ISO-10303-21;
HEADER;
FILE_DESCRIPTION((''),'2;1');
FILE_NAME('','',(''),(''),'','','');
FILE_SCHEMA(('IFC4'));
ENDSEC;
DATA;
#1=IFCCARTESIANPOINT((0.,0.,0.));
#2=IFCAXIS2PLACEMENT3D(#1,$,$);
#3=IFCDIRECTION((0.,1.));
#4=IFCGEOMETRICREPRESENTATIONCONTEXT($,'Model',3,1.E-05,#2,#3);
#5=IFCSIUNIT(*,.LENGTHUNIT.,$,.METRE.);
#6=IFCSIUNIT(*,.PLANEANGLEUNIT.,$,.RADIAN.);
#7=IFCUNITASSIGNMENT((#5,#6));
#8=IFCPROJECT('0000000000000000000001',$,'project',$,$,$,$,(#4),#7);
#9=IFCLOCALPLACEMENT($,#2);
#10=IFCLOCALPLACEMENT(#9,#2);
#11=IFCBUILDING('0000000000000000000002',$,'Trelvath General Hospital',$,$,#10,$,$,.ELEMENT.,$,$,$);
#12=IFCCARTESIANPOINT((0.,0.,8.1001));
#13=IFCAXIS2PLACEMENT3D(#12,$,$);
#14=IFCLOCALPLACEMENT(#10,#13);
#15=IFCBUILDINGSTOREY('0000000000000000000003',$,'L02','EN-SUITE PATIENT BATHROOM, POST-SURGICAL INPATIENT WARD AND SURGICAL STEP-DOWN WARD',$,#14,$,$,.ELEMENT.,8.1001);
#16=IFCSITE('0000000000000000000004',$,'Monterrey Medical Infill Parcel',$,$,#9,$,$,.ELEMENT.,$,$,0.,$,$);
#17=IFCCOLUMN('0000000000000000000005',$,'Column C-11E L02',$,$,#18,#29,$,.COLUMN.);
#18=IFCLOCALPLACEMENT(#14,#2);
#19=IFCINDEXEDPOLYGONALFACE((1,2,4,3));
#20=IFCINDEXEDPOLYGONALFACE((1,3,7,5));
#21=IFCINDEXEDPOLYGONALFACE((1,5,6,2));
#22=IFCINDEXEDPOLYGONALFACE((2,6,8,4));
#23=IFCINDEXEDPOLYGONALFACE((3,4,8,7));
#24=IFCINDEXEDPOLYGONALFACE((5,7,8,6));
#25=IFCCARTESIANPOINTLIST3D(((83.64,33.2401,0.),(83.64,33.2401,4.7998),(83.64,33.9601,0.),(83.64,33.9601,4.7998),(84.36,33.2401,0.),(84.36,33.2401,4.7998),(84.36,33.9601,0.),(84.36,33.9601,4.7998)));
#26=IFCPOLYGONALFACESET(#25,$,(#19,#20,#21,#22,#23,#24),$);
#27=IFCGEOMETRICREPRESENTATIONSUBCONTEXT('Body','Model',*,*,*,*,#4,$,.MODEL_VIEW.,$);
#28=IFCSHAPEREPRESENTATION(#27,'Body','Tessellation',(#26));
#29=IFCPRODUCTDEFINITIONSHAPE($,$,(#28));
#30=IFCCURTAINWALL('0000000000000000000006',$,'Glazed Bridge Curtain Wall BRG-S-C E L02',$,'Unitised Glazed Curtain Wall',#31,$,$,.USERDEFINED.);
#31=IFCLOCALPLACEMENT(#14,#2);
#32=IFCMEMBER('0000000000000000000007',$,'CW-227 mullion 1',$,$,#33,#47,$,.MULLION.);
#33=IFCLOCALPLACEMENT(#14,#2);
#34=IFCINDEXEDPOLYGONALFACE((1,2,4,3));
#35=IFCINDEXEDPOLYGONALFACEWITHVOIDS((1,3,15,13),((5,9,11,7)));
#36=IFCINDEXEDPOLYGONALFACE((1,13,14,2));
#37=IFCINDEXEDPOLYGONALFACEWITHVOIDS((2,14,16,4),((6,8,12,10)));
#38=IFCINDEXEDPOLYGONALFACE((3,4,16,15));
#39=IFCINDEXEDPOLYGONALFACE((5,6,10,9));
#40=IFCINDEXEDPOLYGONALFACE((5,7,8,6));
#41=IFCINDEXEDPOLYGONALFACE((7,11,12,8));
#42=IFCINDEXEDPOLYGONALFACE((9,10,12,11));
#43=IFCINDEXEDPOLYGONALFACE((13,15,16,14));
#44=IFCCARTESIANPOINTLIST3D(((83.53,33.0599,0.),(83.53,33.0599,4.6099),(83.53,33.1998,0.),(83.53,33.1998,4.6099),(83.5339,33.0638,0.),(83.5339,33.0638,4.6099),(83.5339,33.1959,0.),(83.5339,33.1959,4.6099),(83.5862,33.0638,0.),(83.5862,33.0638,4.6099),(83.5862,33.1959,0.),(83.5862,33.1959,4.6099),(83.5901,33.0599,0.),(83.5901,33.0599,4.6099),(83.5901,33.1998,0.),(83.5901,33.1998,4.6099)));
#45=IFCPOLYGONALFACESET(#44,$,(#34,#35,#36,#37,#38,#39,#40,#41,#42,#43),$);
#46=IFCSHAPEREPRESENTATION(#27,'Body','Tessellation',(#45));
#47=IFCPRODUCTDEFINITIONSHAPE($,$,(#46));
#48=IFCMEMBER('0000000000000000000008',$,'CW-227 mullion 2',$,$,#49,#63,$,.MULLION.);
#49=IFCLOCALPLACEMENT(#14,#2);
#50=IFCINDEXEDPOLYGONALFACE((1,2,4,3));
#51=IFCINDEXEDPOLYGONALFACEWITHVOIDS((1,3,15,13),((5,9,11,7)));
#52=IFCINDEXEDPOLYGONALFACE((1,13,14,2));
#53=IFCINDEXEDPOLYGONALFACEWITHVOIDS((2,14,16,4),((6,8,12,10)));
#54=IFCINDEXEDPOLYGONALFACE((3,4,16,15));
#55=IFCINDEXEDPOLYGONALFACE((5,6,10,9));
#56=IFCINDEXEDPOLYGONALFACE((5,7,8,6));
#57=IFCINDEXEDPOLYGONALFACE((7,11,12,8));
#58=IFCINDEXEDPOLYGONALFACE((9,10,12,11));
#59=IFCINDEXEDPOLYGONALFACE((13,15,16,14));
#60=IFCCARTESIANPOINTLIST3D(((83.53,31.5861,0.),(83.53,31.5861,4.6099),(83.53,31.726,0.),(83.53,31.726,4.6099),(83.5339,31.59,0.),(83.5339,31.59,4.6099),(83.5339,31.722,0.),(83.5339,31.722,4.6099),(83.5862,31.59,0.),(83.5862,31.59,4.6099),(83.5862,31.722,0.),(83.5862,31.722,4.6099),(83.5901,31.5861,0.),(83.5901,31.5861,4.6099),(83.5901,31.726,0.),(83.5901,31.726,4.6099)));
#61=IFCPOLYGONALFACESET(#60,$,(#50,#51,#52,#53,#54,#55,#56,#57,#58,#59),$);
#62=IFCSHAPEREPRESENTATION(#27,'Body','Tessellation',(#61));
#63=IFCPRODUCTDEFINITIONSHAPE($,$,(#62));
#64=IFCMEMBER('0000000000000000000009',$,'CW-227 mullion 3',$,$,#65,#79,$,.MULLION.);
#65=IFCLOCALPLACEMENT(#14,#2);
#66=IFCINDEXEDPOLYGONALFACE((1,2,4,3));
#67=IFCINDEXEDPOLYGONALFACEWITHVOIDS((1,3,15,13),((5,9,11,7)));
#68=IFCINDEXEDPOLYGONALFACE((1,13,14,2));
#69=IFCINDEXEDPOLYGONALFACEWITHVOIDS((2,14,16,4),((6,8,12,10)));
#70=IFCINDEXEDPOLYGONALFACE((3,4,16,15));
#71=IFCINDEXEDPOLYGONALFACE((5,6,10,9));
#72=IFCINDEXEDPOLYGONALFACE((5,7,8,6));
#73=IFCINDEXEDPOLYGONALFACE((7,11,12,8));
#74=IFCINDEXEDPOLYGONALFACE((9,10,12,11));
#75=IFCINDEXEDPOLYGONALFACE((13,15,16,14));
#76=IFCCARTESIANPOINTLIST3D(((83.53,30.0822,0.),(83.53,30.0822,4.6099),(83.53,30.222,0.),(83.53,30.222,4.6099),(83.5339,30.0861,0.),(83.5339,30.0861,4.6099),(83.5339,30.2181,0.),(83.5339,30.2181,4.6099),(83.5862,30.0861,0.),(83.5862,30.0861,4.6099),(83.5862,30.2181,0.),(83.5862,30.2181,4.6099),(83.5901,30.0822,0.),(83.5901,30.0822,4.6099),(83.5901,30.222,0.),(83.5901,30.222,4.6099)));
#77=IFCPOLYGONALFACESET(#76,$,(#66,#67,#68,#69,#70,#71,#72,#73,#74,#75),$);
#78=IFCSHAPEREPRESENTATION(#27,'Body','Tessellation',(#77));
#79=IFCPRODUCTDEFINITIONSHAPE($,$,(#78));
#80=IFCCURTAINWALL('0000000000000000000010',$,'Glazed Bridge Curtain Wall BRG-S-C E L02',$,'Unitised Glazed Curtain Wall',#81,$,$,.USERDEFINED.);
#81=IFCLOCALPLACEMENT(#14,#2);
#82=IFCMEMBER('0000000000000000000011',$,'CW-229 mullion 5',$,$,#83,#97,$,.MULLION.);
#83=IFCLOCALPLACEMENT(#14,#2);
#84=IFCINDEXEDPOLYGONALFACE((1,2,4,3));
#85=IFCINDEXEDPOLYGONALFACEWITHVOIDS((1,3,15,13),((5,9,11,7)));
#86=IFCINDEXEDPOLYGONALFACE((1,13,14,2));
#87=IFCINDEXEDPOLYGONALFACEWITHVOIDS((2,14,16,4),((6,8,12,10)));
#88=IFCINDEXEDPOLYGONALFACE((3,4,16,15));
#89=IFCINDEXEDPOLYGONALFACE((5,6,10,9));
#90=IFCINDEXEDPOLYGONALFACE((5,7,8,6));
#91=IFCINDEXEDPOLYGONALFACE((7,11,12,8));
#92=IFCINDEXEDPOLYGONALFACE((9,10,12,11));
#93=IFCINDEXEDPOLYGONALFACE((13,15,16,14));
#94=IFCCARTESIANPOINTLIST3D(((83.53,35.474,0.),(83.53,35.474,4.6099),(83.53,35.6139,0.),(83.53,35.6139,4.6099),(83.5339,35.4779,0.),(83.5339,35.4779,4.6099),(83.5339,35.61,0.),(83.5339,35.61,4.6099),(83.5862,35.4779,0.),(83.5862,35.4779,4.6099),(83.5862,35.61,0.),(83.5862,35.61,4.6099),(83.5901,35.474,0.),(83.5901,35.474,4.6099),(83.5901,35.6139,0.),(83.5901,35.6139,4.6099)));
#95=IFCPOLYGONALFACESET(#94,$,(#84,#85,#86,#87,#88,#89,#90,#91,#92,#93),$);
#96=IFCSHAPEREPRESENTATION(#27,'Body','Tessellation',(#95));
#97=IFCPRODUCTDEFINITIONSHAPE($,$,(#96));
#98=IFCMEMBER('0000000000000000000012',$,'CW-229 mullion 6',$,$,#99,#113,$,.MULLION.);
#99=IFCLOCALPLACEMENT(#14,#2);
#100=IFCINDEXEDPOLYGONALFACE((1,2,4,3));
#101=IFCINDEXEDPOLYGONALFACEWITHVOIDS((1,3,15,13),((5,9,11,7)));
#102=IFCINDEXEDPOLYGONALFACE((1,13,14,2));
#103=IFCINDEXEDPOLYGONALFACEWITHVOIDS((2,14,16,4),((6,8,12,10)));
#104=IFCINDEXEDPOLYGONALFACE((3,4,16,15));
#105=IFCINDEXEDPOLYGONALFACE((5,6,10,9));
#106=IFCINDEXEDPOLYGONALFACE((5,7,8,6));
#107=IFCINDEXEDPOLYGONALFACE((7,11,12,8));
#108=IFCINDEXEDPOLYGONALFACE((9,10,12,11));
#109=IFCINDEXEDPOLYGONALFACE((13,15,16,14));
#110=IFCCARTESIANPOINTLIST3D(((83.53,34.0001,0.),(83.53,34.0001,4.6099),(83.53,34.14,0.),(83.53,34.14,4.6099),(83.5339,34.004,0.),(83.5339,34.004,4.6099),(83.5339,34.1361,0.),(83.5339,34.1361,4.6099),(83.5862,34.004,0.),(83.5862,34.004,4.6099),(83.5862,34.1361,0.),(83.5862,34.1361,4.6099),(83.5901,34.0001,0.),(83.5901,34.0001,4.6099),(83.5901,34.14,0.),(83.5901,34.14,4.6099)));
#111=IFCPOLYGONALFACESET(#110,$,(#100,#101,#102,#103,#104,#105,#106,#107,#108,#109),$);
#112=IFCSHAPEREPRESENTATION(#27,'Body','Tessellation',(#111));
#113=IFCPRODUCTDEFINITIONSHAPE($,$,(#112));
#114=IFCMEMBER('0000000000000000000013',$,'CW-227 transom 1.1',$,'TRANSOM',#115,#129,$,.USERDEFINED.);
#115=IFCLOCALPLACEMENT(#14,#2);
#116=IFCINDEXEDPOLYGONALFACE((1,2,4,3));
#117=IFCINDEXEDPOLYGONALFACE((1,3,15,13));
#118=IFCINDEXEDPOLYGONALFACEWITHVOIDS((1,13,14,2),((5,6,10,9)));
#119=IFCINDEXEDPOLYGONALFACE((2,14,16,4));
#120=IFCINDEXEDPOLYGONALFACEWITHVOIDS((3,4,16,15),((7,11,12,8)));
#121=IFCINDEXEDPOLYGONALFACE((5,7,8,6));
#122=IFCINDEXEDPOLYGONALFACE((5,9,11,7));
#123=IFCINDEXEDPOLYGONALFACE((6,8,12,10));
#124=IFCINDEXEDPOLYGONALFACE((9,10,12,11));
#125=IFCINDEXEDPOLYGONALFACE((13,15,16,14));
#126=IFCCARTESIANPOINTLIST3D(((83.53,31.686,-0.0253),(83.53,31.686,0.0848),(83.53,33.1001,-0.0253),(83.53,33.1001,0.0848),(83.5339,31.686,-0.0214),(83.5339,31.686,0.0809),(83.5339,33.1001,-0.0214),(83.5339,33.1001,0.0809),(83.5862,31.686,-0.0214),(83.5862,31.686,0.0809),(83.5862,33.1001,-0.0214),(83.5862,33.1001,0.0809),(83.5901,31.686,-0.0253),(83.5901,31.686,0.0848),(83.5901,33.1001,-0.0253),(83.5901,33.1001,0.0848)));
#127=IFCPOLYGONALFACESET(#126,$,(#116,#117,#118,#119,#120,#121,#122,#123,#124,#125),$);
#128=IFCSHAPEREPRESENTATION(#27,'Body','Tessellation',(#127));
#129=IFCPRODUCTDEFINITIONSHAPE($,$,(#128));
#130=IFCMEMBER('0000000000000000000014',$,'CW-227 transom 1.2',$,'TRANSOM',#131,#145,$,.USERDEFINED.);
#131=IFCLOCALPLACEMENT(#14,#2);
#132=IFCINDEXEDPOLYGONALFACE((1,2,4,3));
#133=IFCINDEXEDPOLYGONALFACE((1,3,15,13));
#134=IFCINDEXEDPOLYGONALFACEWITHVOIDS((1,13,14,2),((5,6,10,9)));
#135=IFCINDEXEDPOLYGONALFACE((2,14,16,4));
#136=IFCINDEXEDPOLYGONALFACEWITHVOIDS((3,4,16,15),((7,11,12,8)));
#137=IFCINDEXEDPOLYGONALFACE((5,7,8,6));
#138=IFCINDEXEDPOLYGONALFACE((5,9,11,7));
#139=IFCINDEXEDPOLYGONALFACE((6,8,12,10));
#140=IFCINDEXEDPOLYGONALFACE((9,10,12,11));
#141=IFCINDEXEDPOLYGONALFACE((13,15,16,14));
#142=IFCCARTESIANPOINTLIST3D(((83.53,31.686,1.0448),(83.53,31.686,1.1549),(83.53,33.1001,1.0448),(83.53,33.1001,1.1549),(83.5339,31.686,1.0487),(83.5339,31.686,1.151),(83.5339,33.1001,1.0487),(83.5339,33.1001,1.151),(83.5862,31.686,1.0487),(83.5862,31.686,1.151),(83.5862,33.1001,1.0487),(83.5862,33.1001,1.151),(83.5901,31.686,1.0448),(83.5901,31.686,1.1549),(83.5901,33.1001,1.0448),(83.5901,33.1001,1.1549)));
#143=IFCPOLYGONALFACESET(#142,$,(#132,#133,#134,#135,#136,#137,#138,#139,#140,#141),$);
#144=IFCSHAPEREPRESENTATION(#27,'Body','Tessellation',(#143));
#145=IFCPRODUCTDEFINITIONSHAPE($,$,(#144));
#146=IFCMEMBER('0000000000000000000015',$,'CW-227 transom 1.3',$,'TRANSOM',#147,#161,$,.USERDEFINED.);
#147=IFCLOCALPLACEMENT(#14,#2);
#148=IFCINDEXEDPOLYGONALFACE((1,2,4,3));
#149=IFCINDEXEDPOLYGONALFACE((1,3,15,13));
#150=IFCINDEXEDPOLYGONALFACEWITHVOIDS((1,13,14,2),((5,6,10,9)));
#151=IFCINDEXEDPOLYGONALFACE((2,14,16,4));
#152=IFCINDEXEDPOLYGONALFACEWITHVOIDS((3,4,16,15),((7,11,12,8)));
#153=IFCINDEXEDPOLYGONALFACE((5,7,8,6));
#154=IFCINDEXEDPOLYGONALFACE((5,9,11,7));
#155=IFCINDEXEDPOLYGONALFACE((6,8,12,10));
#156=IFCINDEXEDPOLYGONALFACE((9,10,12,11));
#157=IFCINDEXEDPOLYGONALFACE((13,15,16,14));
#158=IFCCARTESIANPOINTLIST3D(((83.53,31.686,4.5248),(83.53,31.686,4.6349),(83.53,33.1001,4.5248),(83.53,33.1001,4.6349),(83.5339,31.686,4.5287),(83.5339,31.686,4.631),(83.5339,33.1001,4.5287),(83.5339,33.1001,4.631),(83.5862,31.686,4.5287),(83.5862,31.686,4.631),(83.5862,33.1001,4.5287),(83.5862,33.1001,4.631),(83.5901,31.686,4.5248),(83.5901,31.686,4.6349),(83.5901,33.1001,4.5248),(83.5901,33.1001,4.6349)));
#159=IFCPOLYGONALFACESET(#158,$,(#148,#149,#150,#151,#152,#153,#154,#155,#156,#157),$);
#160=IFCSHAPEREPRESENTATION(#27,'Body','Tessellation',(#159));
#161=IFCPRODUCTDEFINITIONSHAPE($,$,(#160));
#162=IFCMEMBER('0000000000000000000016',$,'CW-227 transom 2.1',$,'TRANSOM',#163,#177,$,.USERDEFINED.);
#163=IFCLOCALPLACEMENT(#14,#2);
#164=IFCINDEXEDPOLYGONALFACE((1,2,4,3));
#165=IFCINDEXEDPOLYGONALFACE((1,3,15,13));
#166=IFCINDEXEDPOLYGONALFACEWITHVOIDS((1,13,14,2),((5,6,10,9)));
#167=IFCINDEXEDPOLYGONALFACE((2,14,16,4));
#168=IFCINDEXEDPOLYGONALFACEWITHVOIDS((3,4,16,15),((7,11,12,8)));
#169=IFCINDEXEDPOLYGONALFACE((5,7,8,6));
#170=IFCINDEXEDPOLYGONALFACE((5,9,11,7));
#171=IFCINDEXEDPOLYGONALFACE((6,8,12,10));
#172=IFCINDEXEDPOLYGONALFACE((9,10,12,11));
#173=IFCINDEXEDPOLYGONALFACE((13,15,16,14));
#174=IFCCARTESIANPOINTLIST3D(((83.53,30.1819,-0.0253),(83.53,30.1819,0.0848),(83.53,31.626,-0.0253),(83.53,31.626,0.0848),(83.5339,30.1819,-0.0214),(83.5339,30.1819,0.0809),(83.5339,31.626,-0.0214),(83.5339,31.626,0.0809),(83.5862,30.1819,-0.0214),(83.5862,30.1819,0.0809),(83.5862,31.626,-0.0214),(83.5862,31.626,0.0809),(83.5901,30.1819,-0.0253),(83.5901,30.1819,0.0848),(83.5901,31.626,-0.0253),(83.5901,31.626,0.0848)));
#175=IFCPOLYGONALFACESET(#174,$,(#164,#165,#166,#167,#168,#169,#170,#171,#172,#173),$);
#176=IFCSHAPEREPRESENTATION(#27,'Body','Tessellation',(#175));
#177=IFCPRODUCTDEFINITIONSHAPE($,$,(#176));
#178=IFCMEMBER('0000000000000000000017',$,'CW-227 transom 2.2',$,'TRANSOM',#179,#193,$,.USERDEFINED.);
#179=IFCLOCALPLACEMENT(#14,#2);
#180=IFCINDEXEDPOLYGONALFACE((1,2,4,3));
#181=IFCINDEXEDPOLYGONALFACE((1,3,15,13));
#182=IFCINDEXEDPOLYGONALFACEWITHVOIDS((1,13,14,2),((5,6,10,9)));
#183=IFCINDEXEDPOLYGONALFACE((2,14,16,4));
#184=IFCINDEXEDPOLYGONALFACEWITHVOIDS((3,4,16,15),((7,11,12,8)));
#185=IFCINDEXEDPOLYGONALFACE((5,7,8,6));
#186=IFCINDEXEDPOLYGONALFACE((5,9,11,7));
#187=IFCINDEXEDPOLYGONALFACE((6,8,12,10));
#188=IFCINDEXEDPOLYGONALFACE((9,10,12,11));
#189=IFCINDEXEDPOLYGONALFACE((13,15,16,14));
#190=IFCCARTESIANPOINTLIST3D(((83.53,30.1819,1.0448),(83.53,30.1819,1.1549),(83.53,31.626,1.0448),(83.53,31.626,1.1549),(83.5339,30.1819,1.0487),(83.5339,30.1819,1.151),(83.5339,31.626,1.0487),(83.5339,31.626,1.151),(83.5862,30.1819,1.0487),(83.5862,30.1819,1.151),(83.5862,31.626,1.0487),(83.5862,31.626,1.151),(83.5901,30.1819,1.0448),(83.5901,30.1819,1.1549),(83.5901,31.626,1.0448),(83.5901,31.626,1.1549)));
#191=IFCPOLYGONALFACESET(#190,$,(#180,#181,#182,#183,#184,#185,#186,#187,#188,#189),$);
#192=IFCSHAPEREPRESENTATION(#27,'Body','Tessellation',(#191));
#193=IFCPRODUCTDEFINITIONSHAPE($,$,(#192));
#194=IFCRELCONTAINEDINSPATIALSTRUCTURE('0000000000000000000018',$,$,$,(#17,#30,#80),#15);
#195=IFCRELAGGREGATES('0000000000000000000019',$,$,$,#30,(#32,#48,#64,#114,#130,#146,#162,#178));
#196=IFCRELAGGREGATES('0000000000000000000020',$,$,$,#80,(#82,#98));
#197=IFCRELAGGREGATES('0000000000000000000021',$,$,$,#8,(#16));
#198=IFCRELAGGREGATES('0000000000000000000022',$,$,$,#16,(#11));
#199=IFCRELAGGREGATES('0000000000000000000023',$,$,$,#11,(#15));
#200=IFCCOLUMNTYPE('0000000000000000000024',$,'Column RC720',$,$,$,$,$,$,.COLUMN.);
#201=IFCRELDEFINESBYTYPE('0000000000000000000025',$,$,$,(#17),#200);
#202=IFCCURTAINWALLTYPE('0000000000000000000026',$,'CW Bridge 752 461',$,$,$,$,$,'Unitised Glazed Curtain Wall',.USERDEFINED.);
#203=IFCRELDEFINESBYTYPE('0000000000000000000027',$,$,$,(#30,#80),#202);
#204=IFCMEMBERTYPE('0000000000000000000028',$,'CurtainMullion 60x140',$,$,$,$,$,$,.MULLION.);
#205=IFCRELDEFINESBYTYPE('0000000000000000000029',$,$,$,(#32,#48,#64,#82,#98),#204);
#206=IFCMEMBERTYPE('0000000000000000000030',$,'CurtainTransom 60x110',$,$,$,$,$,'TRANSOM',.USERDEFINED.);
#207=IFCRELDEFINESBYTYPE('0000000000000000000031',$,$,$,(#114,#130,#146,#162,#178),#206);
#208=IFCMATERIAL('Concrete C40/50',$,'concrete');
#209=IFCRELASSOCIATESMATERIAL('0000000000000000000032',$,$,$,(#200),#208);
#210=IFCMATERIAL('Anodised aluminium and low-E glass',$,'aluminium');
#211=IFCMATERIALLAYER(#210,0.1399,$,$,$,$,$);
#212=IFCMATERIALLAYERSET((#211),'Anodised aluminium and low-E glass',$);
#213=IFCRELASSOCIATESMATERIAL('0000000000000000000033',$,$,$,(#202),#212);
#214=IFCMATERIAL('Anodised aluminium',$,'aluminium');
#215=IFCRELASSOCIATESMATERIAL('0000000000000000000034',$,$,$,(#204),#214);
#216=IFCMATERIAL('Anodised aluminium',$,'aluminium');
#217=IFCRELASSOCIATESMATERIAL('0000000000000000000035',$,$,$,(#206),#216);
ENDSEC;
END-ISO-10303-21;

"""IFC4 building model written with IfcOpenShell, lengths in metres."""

from ifc_helpers import new_model, si_unit, direction, frame, origin, origin_2d, place, context, subcontext, project, spatial, rectangle, hollow_rectangle, extrude, material, layer, layer_set, material_profile, profile_set, type_object, element, aggregate, save


model = new_model("IFC4")

# Units and contexts
model_context = context("Model", 3, precision=1e-05, world=origin(), true_north=direction((0.0, 1.0)))
body_context = subcontext(model_context, "Body", "Model", "MODEL_VIEW")
ifc_project = project(units=[si_unit("LENGTHUNIT", "METRE"), si_unit("PLANEANGLEUNIT", "RADIAN")], contexts=[model_context])

# Site, building, storey
site_placement = place(None, origin())
site = spatial("IfcSite", under=ifc_project, at=site_placement, Name="Monterrey Medical Infill Parcel", CompositionType="ELEMENT", RefElevation=0.0)
building_placement = place(site_placement, origin())
building = spatial("IfcBuilding", under=site, at=building_placement, Name="Trelvath General Hospital", CompositionType="ELEMENT")
storey_placement = place(building_placement, frame((0.0, 0.0, 8.1001)))
storey = spatial("IfcBuildingStorey", under=building, at=storey_placement, Name="L02", Description="EN-SUITE PATIENT BATHROOM, POST-SURGICAL INPATIENT WARD AND SURGICAL STEP-DOWN WARD", CompositionType="ELEMENT", Elevation=8.1001)

# Column
ifc_material_1 = material(Name="Concrete C40/50", Category="concrete")
ifc_material_profile_1 = material_profile(ifc_material_1, rectangle(XDim=0.72, YDim=0.72, at=origin_2d()), Name="RC720x720")
ifc_profile_set_1 = profile_set([ifc_material_profile_1], Name="Concrete C40/50")
column_type = type_object("IfcColumnType", Name="Column RC720", PredefinedType="COLUMN", material=ifc_profile_set_1)
column_placement = place(storey_placement, frame((84.0, 33.6001, 0.0), z_axis=(0.0, 0.0, 1.0), x_axis=(1.0, 0.0, 0.0)))
element("IfcColumn", 1, at=column_placement, inside=storey, type_object=column_type, Name="Column C-11E L02", PredefinedType="COLUMN", context=body_context, shape_type="SweptSolid", body=[
    extrude(rectangle(XDim=0.72, YDim=0.72, at=origin_2d()), origin(), (0.0, 0.0, 1.0), 4.7998),
])

# Curtain walls, members
ifc_material_2 = material(Name="Anodised aluminium and low-E glass", Category="aluminium")
ifc_layer_1 = layer(ifc_material_2, 0.1399)
ifc_layer_set_1 = layer_set([ifc_layer_1], Name="Anodised aluminium and low-E glass")
curtain_wall_type = type_object("IfcCurtainWallType", Name="CW Bridge 752 461", ElementType="Unitised Glazed Curtain Wall", PredefinedType="USERDEFINED", material=ifc_layer_set_1)
curtain_wall_1_placement = place(storey_placement, origin())
curtain_wall_1 = element("IfcCurtainWall", 2, at=curtain_wall_1_placement, inside=storey, type_object=curtain_wall_type, Name="Glazed Bridge Curtain Wall BRG-S-C E L02", ObjectType="Unitised Glazed Curtain Wall", PredefinedType="USERDEFINED")
ifc_material_3 = material(Name="Anodised aluminium", Category="aluminium")
ifc_material_profile_2 = material_profile(ifc_material_3, hollow_rectangle(XDim=0.0601, YDim=0.1399, WallThickness=0.0039, at=origin_2d()), Name="RHS60x140x4")
ifc_profile_set_2 = profile_set([ifc_material_profile_2], Name="Anodised aluminium")
member_type_1 = type_object("IfcMemberType", Name="CurtainMullion 60x140", PredefinedType="MULLION", material=ifc_profile_set_2)
member_1_placement = place(storey_placement, frame((83.5601, 33.1299, 0.0), z_axis=(0.0, 0.0, 1.0), x_axis=(1.0, 0.0, 0.0)))
member_1 = element("IfcMember", 3, at=member_1_placement, type_object=member_type_1, Name="CW-227 mullion 1", PredefinedType="MULLION", context=body_context, shape_type="SweptSolid", body=[
    extrude(hollow_rectangle(XDim=0.0601, YDim=0.1399, WallThickness=0.0039, at=origin_2d()), origin(), (0.0, 0.0, 1.0), 4.6099),
])
member_2_placement = place(storey_placement, frame((83.5601, 31.656, 0.0), z_axis=(0.0, 0.0, 1.0), x_axis=(1.0, 0.0, 0.0)))
member_2 = element("IfcMember", 4, at=member_2_placement, type_object=member_type_1, Name="CW-227 mullion 2", PredefinedType="MULLION", context=body_context, shape_type="SweptSolid", body=[
    extrude(hollow_rectangle(XDim=0.0601, YDim=0.1399, WallThickness=0.0039, at=origin_2d()), origin(), (0.0, 0.0, 1.0), 4.6099),
])
member_3_placement = place(storey_placement, frame((83.5601, 30.1521, 0.0), z_axis=(0.0, 0.0, 1.0), x_axis=(1.0, 0.0, 0.0)))
member_3 = element("IfcMember", 5, at=member_3_placement, type_object=member_type_1, Name="CW-227 mullion 3", PredefinedType="MULLION", context=body_context, shape_type="SweptSolid", body=[
    extrude(hollow_rectangle(XDim=0.0601, YDim=0.1399, WallThickness=0.0039, at=origin_2d()), origin(), (0.0, 0.0, 1.0), 4.6099),
])
curtain_wall_2_placement = place(storey_placement, origin())
curtain_wall_2 = element("IfcCurtainWall", 6, at=curtain_wall_2_placement, inside=storey, type_object=curtain_wall_type, Name="Glazed Bridge Curtain Wall BRG-S-C E L02", ObjectType="Unitised Glazed Curtain Wall", PredefinedType="USERDEFINED")
member_4_placement = place(storey_placement, frame((83.5601, 35.5439, 0.0), z_axis=(0.0, 0.0, 1.0), x_axis=(1.0, 0.0, 0.0)))
member_4 = element("IfcMember", 7, at=member_4_placement, type_object=member_type_1, Name="CW-229 mullion 5", PredefinedType="MULLION", context=body_context, shape_type="SweptSolid", body=[
    extrude(hollow_rectangle(XDim=0.0601, YDim=0.1399, WallThickness=0.0039, at=origin_2d()), origin(), (0.0, 0.0, 1.0), 4.6099),
])
member_5_placement = place(storey_placement, frame((83.5601, 34.0701, 0.0), z_axis=(0.0, 0.0, 1.0), x_axis=(1.0, 0.0, 0.0)))
member_5 = element("IfcMember", 8, at=member_5_placement, type_object=member_type_1, Name="CW-229 mullion 6", PredefinedType="MULLION", context=body_context, shape_type="SweptSolid", body=[
    extrude(hollow_rectangle(XDim=0.0601, YDim=0.1399, WallThickness=0.0039, at=origin_2d()), origin(), (0.0, 0.0, 1.0), 4.6099),
])

# Members
ifc_material_4 = material(Name="Anodised aluminium", Category="aluminium")
ifc_material_profile_3 = material_profile(ifc_material_4, hollow_rectangle(XDim=0.0601, YDim=0.1101, WallThickness=0.0039, at=origin_2d()), Name="RHS60x110x4")
ifc_profile_set_3 = profile_set([ifc_material_profile_3], Name="Anodised aluminium")
member_type_2 = type_object("IfcMemberType", Name="CurtainTransom 60x110", ElementType="TRANSOM", PredefinedType="USERDEFINED", material=ifc_profile_set_3)
member_6_placement = place(storey_placement, frame((83.5601, 33.1001, 0.0298), z_axis=(0.0, -1.0, 0.0), x_axis=(1.0, 0.0, 0.0)))
member_6 = element("IfcMember", 9, at=member_6_placement, type_object=member_type_2, Name="CW-227 transom 1.1", ObjectType="TRANSOM", PredefinedType="USERDEFINED", context=body_context, shape_type="SweptSolid", body=[
    extrude(hollow_rectangle(XDim=0.0601, YDim=0.1101, WallThickness=0.0039, at=origin_2d()), origin(), (0.0, 0.0, 1.0), 1.4141),
])
member_7_placement = place(storey_placement, frame((83.5601, 33.1001, 1.0999), z_axis=(0.0, -1.0, 0.0), x_axis=(1.0, 0.0, 0.0)))
member_7 = element("IfcMember", 10, at=member_7_placement, type_object=member_type_2, Name="CW-227 transom 1.2", ObjectType="TRANSOM", PredefinedType="USERDEFINED", context=body_context, shape_type="SweptSolid", body=[
    extrude(hollow_rectangle(XDim=0.0601, YDim=0.1101, WallThickness=0.0039, at=origin_2d()), origin(), (0.0, 0.0, 1.0), 1.4141),
])
member_8_placement = place(storey_placement, frame((83.5601, 33.1001, 4.5798), z_axis=(0.0, -1.0, 0.0), x_axis=(1.0, 0.0, 0.0)))
member_8 = element("IfcMember", 11, at=member_8_placement, type_object=member_type_2, Name="CW-227 transom 1.3", ObjectType="TRANSOM", PredefinedType="USERDEFINED", context=body_context, shape_type="SweptSolid", body=[
    extrude(hollow_rectangle(XDim=0.0601, YDim=0.1101, WallThickness=0.0039, at=origin_2d()), origin(), (0.0, 0.0, 1.0), 1.4141),
])
member_9_placement = place(storey_placement, frame((83.5601, 31.626, 0.0298), z_axis=(0.0, -1.0, 0.0), x_axis=(1.0, 0.0, 0.0)))
member_9 = element("IfcMember", 12, at=member_9_placement, type_object=member_type_2, Name="CW-227 transom 2.1", ObjectType="TRANSOM", PredefinedType="USERDEFINED", context=body_context, shape_type="SweptSolid", body=[
    extrude(hollow_rectangle(XDim=0.0601, YDim=0.1101, WallThickness=0.0039, at=origin_2d()), origin(), (0.0, 0.0, 1.0), 1.4441),
])
member_10_placement = place(storey_placement, frame((83.5601, 31.626, 1.0999), z_axis=(0.0, -1.0, 0.0), x_axis=(1.0, 0.0, 0.0)))
member_10 = element("IfcMember", 13, at=member_10_placement, type_object=member_type_2, Name="CW-227 transom 2.2", ObjectType="TRANSOM", PredefinedType="USERDEFINED", context=body_context, shape_type="SweptSolid", body=[
    extrude(hollow_rectangle(XDim=0.0601, YDim=0.1101, WallThickness=0.0039, at=origin_2d()), origin(), (0.0, 0.0, 1.0), 1.4441),
])

aggregate(curtain_wall_1, [member_1, member_2, member_3, member_6, member_7, member_8, member_9, member_10])
aggregate(curtain_wall_2, [member_4, member_5])

save(model, "model.ifc")
